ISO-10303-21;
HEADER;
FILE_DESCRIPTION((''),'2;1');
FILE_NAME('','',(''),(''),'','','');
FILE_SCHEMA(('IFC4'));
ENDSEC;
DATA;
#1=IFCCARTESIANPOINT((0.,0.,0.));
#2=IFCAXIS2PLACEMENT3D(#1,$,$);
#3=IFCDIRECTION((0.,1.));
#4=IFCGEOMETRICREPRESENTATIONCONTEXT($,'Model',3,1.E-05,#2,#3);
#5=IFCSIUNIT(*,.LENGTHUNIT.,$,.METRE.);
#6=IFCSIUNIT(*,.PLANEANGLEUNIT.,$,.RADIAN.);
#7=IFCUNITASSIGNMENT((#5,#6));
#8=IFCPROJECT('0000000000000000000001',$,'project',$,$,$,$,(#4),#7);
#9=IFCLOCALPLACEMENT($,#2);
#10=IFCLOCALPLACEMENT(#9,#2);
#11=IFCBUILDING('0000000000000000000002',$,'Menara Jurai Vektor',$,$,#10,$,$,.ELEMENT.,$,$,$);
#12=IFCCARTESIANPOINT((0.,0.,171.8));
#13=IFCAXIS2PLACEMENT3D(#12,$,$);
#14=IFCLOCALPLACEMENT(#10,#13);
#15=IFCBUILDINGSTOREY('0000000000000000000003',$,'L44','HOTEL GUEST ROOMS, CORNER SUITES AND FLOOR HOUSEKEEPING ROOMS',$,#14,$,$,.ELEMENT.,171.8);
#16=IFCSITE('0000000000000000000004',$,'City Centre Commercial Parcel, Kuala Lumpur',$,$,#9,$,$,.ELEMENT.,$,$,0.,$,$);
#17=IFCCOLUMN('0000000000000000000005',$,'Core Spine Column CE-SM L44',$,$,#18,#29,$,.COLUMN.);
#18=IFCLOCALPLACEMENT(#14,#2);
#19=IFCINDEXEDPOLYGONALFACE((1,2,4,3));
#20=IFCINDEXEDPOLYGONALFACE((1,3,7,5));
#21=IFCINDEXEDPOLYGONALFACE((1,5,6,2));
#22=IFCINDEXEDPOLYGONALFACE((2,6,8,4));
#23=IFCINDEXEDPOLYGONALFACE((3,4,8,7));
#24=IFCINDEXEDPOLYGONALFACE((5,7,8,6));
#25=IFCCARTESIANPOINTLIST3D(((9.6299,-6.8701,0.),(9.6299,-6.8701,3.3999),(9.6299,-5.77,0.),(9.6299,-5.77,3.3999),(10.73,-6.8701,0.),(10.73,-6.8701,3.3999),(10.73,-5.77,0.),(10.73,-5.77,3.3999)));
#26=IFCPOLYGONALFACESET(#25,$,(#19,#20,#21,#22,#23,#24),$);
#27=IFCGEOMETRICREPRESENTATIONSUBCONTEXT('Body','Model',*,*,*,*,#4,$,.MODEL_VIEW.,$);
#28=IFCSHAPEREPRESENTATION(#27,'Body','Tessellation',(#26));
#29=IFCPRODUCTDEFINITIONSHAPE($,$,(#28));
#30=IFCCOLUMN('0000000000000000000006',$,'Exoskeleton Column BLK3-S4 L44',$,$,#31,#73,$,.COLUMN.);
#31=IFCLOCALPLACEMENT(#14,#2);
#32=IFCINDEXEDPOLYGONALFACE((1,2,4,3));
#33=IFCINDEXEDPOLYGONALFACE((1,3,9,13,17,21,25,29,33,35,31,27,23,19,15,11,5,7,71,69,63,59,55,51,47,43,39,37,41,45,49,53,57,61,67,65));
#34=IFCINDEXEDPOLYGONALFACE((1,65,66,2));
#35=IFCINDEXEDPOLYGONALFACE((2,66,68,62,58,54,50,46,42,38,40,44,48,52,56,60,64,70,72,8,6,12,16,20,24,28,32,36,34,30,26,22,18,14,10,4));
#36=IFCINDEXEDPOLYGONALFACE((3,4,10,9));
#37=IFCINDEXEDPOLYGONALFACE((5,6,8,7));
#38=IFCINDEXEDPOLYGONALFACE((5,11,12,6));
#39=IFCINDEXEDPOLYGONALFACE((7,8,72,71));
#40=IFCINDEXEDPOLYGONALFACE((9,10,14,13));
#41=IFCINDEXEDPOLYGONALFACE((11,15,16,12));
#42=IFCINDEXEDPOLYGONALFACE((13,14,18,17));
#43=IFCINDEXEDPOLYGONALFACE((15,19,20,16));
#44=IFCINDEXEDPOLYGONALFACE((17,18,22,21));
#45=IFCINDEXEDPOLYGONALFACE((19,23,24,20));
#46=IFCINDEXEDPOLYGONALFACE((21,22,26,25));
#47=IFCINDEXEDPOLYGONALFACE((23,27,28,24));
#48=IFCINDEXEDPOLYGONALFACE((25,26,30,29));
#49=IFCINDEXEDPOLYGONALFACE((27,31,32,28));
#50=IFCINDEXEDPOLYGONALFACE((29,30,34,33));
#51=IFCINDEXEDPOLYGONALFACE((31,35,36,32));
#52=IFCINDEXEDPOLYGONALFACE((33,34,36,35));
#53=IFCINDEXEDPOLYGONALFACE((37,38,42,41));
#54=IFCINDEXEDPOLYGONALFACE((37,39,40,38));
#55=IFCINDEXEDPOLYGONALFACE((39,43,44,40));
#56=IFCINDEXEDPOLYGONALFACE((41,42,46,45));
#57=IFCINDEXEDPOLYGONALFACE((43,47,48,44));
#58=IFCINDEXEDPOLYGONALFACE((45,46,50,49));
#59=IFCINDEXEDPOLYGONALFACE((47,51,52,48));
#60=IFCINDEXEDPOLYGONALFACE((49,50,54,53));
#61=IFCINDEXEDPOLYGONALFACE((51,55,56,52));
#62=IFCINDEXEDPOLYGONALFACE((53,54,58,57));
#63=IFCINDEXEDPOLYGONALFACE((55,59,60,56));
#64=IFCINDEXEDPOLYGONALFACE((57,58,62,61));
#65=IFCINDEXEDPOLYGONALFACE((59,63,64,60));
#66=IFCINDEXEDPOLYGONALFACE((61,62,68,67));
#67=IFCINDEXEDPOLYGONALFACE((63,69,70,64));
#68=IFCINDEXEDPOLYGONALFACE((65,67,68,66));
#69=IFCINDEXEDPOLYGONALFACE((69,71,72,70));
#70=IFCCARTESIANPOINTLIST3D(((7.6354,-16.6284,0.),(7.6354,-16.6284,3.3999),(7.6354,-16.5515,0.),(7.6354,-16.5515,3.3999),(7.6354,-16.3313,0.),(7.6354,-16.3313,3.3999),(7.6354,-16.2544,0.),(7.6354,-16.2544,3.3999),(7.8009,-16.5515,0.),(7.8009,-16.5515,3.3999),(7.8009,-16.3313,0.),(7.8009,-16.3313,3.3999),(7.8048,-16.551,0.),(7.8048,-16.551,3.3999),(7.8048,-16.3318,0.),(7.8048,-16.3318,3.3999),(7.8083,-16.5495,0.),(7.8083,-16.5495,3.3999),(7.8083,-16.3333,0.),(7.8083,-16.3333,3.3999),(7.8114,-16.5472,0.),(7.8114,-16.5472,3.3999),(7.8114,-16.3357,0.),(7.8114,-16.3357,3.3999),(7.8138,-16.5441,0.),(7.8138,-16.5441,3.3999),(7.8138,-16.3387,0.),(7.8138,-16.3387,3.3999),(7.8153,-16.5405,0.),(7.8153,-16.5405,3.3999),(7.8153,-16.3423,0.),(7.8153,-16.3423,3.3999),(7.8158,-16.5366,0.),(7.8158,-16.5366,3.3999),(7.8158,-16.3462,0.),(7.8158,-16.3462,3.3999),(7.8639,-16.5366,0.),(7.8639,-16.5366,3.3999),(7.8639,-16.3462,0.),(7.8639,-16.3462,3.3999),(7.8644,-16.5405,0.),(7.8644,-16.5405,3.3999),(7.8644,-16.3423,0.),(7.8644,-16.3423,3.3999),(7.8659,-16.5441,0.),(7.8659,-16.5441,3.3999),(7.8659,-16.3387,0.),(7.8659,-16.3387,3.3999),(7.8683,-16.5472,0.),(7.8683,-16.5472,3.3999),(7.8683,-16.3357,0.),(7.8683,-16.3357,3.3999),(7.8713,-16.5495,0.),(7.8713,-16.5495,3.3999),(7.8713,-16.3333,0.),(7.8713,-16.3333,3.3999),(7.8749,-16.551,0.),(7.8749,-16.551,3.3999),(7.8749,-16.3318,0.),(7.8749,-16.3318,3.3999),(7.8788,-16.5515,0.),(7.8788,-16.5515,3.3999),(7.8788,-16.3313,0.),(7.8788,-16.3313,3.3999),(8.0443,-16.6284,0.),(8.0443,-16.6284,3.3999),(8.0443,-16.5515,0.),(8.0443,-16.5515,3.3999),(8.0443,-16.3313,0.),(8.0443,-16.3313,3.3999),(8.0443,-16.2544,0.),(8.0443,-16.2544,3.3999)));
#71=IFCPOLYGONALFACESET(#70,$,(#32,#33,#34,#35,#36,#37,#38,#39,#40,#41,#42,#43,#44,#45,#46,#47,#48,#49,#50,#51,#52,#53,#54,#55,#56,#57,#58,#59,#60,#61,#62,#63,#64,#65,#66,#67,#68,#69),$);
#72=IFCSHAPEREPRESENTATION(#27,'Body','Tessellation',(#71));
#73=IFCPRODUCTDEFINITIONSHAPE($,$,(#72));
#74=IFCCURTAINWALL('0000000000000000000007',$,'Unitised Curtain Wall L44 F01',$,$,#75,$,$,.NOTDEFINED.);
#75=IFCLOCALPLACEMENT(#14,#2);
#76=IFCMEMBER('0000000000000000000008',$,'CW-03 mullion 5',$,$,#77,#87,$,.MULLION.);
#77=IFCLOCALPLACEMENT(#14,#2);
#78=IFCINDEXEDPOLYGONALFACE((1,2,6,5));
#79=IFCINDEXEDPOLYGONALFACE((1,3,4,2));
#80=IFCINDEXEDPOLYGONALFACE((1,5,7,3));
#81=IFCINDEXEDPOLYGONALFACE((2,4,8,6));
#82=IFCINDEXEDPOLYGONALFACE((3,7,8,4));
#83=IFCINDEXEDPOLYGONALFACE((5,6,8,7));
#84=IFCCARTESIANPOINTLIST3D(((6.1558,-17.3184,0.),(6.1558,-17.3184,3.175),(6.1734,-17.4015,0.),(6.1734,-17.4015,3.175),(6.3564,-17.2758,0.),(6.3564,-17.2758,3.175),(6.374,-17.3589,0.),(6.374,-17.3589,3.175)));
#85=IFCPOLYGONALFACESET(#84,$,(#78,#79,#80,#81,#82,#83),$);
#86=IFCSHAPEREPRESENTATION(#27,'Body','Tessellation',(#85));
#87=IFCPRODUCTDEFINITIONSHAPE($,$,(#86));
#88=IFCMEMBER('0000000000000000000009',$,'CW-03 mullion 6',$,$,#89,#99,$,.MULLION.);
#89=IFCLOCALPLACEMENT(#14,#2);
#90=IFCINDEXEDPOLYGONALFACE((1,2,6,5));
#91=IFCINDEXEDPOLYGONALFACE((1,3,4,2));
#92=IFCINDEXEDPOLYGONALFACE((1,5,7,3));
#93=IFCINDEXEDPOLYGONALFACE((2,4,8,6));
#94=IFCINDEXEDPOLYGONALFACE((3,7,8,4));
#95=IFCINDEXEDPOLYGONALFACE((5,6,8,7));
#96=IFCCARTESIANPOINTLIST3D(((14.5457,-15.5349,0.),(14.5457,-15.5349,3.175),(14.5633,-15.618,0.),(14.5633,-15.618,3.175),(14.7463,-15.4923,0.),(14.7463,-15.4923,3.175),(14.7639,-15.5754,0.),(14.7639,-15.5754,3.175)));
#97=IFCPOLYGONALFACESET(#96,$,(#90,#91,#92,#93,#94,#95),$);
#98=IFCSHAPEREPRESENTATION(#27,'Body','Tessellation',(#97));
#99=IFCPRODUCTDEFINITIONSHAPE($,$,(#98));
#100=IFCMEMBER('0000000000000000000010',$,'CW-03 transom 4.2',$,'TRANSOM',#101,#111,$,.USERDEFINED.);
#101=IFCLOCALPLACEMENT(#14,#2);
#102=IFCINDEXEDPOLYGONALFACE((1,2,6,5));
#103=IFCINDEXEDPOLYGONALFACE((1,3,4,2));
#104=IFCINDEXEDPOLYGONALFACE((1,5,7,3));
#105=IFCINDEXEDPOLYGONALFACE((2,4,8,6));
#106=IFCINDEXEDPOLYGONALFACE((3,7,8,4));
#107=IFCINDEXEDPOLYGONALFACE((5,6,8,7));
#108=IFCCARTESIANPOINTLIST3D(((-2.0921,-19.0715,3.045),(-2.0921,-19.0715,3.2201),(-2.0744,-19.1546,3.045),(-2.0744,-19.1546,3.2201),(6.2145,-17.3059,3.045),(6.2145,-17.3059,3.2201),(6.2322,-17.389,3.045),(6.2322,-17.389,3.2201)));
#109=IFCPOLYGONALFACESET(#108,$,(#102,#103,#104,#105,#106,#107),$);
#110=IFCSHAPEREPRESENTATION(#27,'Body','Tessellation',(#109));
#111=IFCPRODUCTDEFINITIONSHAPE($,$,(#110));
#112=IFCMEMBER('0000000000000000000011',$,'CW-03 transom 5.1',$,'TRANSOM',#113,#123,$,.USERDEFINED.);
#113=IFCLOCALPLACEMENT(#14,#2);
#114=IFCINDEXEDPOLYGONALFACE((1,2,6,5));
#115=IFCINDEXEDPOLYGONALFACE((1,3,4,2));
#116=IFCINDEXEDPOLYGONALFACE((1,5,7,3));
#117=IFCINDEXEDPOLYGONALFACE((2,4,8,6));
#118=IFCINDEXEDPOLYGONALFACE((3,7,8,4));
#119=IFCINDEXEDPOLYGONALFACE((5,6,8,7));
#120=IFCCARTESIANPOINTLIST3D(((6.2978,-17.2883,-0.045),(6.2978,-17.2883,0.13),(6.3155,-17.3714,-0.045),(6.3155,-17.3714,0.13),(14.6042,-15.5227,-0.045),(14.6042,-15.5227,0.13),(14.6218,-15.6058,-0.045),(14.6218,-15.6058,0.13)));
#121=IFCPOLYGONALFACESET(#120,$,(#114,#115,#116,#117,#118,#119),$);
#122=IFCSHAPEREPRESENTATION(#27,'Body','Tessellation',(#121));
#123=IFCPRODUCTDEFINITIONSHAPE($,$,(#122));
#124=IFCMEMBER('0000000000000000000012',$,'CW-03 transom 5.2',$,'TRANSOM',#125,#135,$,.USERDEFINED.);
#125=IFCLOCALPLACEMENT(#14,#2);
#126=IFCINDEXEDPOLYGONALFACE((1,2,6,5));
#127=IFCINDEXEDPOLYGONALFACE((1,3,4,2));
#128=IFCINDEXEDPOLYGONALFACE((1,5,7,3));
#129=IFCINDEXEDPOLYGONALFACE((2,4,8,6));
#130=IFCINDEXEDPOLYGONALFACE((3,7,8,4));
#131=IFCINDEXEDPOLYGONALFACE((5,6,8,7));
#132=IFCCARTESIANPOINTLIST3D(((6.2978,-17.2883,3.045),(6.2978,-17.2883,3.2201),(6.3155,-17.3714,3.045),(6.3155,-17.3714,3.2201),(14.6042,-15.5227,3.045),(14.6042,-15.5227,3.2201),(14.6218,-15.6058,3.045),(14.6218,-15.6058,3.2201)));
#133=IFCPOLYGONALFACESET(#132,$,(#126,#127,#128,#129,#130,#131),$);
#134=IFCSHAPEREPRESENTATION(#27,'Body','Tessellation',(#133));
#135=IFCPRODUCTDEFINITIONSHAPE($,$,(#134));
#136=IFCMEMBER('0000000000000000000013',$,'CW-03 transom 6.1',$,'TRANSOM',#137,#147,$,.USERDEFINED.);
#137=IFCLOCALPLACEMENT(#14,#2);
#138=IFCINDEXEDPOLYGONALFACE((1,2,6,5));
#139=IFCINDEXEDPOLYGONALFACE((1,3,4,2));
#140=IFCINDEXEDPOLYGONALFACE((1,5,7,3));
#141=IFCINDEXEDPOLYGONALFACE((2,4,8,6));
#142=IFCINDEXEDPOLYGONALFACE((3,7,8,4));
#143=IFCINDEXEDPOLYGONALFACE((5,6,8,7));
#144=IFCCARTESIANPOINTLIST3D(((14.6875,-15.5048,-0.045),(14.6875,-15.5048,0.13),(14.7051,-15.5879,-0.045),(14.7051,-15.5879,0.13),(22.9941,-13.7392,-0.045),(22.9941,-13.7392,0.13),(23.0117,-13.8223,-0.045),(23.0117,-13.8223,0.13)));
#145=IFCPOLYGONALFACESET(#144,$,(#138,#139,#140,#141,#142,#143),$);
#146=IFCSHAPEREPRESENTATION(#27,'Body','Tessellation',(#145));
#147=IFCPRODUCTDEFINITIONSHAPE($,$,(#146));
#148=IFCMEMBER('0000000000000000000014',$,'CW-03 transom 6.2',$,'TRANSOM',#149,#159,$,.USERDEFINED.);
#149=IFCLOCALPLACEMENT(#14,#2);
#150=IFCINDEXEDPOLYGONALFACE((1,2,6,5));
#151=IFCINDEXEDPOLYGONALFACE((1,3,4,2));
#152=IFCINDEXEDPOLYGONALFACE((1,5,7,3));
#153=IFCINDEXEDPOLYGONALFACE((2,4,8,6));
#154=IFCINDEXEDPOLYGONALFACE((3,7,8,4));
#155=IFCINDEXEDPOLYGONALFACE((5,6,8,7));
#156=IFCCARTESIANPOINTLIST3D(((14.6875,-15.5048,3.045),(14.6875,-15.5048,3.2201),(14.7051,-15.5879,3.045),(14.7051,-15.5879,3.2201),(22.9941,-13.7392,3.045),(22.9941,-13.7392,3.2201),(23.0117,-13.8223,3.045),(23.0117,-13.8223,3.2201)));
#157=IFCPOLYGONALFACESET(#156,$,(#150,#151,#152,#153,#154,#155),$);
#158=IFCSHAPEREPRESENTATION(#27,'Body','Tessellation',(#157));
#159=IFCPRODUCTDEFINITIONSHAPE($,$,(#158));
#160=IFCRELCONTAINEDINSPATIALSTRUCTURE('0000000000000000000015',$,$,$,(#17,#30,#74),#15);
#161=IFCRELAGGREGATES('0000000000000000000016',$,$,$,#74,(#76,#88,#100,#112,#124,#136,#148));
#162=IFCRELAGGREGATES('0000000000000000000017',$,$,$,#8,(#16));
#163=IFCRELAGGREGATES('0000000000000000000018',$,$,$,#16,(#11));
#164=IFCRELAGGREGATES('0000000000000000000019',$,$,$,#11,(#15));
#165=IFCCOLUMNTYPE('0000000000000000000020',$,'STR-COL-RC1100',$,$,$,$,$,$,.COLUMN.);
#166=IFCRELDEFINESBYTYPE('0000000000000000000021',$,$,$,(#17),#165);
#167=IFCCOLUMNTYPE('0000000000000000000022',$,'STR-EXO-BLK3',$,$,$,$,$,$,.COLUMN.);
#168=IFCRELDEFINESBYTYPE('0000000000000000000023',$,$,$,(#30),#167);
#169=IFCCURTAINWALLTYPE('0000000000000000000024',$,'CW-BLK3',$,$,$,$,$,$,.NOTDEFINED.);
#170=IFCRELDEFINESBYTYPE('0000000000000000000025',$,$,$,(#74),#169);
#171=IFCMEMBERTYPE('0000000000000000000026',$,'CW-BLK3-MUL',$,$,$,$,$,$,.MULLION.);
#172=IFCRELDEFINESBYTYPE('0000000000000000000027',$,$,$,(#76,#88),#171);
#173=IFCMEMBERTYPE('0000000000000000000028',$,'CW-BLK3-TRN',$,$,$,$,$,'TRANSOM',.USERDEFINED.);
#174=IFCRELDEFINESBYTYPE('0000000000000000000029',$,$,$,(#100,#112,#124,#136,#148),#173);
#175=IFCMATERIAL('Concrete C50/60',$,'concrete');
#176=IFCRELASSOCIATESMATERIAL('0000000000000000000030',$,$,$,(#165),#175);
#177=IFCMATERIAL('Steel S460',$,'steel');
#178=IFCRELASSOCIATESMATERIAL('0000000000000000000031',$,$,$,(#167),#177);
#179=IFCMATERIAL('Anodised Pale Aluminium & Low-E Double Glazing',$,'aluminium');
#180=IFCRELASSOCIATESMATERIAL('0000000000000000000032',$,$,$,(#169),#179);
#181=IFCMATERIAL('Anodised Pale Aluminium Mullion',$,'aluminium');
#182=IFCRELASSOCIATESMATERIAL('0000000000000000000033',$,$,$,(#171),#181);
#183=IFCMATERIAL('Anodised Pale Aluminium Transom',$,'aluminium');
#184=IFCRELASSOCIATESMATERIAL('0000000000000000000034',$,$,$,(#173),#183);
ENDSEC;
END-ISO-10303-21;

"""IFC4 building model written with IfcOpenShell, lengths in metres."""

from ifc_helpers import new_model, si_unit, direction, frame, origin, origin_2d, place, context, subcontext, project, spatial, rectangle, i_section, extrude, material, material_profile, profile_set, type_object, element, aggregate, save


model = new_model("IFC4")

# Units and contexts
model_context = context("Model", 3, precision=1e-05, world=origin(), true_north=direction((0.0, 1.0)))
body_context = subcontext(model_context, "Body", "Model", "MODEL_VIEW")
ifc_project = project(units=[si_unit("LENGTHUNIT", "METRE"), si_unit("PLANEANGLEUNIT", "RADIAN")], contexts=[model_context])

# Site, building, storey
site_placement = place(None, origin())
site = spatial("IfcSite", under=ifc_project, at=site_placement, Name="City Centre Commercial Parcel, Kuala Lumpur", CompositionType="ELEMENT", RefElevation=0.0)
building_placement = place(site_placement, origin())
building = spatial("IfcBuilding", under=site, at=building_placement, Name="Menara Jurai Vektor", CompositionType="ELEMENT")
storey_placement = place(building_placement, frame((0.0, 0.0, 171.8)))
storey = spatial("IfcBuildingStorey", under=building, at=storey_placement, Name="L44", Description="HOTEL GUEST ROOMS, CORNER SUITES AND FLOOR HOUSEKEEPING ROOMS", CompositionType="ELEMENT", Elevation=171.8)

# Columns
ifc_material_1 = material(Name="Concrete C50/60", Category="concrete")
ifc_material_profile_1 = material_profile(ifc_material_1, rectangle(XDim=1.1001, YDim=1.1001, at=origin_2d()), Name="RC 1100x1100")
ifc_profile_set_1 = profile_set([ifc_material_profile_1], Name="Concrete C50/60")
column_type_1 = type_object("IfcColumnType", Name="STR-COL-RC1100", PredefinedType="COLUMN", material=ifc_profile_set_1)
column_1_placement = place(storey_placement, frame((10.1799, -6.3201, 0.0), z_axis=(0.0, 0.0, 1.0), x_axis=(1.0, 0.0, 0.0)))
element("IfcColumn", 1, at=column_1_placement, inside=storey, type_object=column_type_1, Name="Core Spine Column CE-SM L44", PredefinedType="COLUMN", context=body_context, shape_type="SweptSolid", body=[
    extrude(rectangle(XDim=1.1001, YDim=1.1001, at=origin_2d()), origin(), (0.0, 0.0, 1.0), 3.3999),
])
ifc_material_2 = material(Name="Steel S460", Category="steel")
ifc_material_profile_2 = material_profile(ifc_material_2, i_section(OverallWidth=0.4089, OverallDepth=0.374, WebThickness=0.0481, FlangeThickness=0.0769, FilletRadius=0.0149, at=origin_2d()), Name="HD 400x634")
ifc_profile_set_2 = profile_set([ifc_material_profile_2], Name="Steel S460")
column_type_2 = type_object("IfcColumnType", Name="STR-EXO-BLK3", PredefinedType="COLUMN", material=ifc_profile_set_2)
column_2_placement = place(storey_placement, frame((7.8398, -16.4414, 0.0), z_axis=(0.0, 0.0, 1.0), x_axis=(1.0, 0.0, 0.0)))
element("IfcColumn", 2, at=column_2_placement, inside=storey, type_object=column_type_2, Name="Exoskeleton Column BLK3-S4 L44", PredefinedType="COLUMN", context=body_context, shape_type="SweptSolid", body=[
    extrude(i_section(OverallWidth=0.4089, OverallDepth=0.374, WebThickness=0.0481, FlangeThickness=0.0769, FilletRadius=0.0149, at=origin_2d()), origin(), (0.0, 0.0, 1.0), 3.3999),
])

# Curtain wall, members
ifc_material_3 = material(Name="Anodised Pale Aluminium & Low-E Double Glazing", Category="aluminium")
curtain_wall_type = type_object("IfcCurtainWallType", Name="CW-BLK3", PredefinedType="NOTDEFINED", material=ifc_material_3)
curtain_wall_placement = place(storey_placement, origin())
curtain_wall = element("IfcCurtainWall", 3, at=curtain_wall_placement, inside=storey, type_object=curtain_wall_type, Name="Unitised Curtain Wall L44 F01", PredefinedType="NOTDEFINED")
ifc_material_4 = material(Name="Anodised Pale Aluminium Mullion", Category="aluminium")
ifc_material_profile_3 = material_profile(ifc_material_4, rectangle(XDim=0.085, YDim=0.2051, at=origin_2d()), Name="ALU MUL 85x205")
ifc_profile_set_3 = profile_set([ifc_material_profile_3], Name="Anodised Pale Aluminium Mullion")
member_type_1 = type_object("IfcMemberType", Name="CW-BLK3-MUL", PredefinedType="MULLION", material=ifc_profile_set_3)
member_1_placement = place(storey_placement, frame((6.2649, -17.3386, 0.0), z_axis=(0.0, 0.0, 1.0), x_axis=(-0.207911, 0.978148, 0.0)))
member_1 = element("IfcMember", 4, at=member_1_placement, type_object=member_type_1, Name="CW-03 mullion 5", PredefinedType="MULLION", context=body_context, shape_type="SweptSolid", body=[
    extrude(rectangle(XDim=0.085, YDim=0.2051, at=origin_2d()), origin(), (0.0, 0.0, 1.0), 3.175),
])
member_2_placement = place(storey_placement, frame((14.6548, -15.5552, 0.0), z_axis=(0.0, 0.0, 1.0), x_axis=(-0.207911, 0.978148, 0.0)))
member_2 = element("IfcMember", 5, at=member_2_placement, type_object=member_type_1, Name="CW-03 mullion 6", PredefinedType="MULLION", context=body_context, shape_type="SweptSolid", body=[
    extrude(rectangle(XDim=0.085, YDim=0.2051, at=origin_2d()), origin(), (0.0, 0.0, 1.0), 3.175),
])
ifc_material_5 = material(Name="Anodised Pale Aluminium Transom", Category="aluminium")
ifc_material_profile_4 = material_profile(ifc_material_5, rectangle(XDim=0.085, YDim=0.175, at=origin_2d()), Name="ALU TRN 85x175")
ifc_profile_set_4 = profile_set([ifc_material_profile_4], Name="Anodised Pale Aluminium Transom")
member_type_2 = type_object("IfcMemberType", Name="CW-BLK3-TRN", ElementType="TRANSOM", PredefinedType="USERDEFINED", material=ifc_profile_set_4)
member_3_placement = place(storey_placement, frame((-2.0833, -19.113, 3.1326), z_axis=(0.978148, 0.207911, 0.0), x_axis=(-0.207911, 0.978148, 0.0)))
member_3 = element("IfcMember", 6, at=member_3_placement, type_object=member_type_2, Name="CW-03 transom 4.2", ObjectType="TRANSOM", PredefinedType="USERDEFINED", context=body_context, shape_type="SweptSolid", body=[
    extrude(rectangle(XDim=0.085, YDim=0.175, at=origin_2d()), origin(), (0.0, 0.0, 1.0), 8.4922),
])
member_4_placement = place(storey_placement, frame((6.3066, -17.3298, 0.0425), z_axis=(0.978147, 0.207917, 0.0), x_axis=(-0.207917, 0.978147, 0.0)))
member_4 = element("IfcMember", 7, at=member_4_placement, type_object=member_type_2, Name="CW-03 transom 5.1", ObjectType="TRANSOM", PredefinedType="USERDEFINED", context=body_context, shape_type="SweptSolid", body=[
    extrude(rectangle(XDim=0.085, YDim=0.175, at=origin_2d()), origin(), (0.0, 0.0, 1.0), 8.4919),
])
member_5_placement = place(storey_placement, frame((6.3066, -17.3298, 3.1326), z_axis=(0.978147, 0.207917, 0.0), x_axis=(-0.207917, 0.978147, 0.0)))
member_5 = element("IfcMember", 8, at=member_5_placement, type_object=member_type_2, Name="CW-03 transom 5.2", ObjectType="TRANSOM", PredefinedType="USERDEFINED", context=body_context, shape_type="SweptSolid", body=[
    extrude(rectangle(XDim=0.085, YDim=0.175, at=origin_2d()), origin(), (0.0, 0.0, 1.0), 8.4919),
])
member_6_placement = place(storey_placement, frame((14.6963, -15.5464, 0.0425), z_axis=(0.978148, 0.207911, 0.0), x_axis=(-0.207911, 0.978148, 0.0)))
member_6 = element("IfcMember", 9, at=member_6_placement, type_object=member_type_2, Name="CW-03 transom 6.1", ObjectType="TRANSOM", PredefinedType="USERDEFINED", context=body_context, shape_type="SweptSolid", body=[
    extrude(rectangle(XDim=0.085, YDim=0.175, at=origin_2d()), origin(), (0.0, 0.0, 1.0), 8.4922),
])
member_7_placement = place(storey_placement, frame((14.6963, -15.5464, 3.1326), z_axis=(0.978148, 0.207911, 0.0), x_axis=(-0.207911, 0.978148, 0.0)))
member_7 = element("IfcMember", 10, at=member_7_placement, type_object=member_type_2, Name="CW-03 transom 6.2", ObjectType="TRANSOM", PredefinedType="USERDEFINED", context=body_context, shape_type="SweptSolid", body=[
    extrude(rectangle(XDim=0.085, YDim=0.175, at=origin_2d()), origin(), (0.0, 0.0, 1.0), 8.4922),
])

aggregate(curtain_wall, [member_1, member_2, member_3, member_4, member_5, member_6, member_7])

save(model, "model.ifc")
